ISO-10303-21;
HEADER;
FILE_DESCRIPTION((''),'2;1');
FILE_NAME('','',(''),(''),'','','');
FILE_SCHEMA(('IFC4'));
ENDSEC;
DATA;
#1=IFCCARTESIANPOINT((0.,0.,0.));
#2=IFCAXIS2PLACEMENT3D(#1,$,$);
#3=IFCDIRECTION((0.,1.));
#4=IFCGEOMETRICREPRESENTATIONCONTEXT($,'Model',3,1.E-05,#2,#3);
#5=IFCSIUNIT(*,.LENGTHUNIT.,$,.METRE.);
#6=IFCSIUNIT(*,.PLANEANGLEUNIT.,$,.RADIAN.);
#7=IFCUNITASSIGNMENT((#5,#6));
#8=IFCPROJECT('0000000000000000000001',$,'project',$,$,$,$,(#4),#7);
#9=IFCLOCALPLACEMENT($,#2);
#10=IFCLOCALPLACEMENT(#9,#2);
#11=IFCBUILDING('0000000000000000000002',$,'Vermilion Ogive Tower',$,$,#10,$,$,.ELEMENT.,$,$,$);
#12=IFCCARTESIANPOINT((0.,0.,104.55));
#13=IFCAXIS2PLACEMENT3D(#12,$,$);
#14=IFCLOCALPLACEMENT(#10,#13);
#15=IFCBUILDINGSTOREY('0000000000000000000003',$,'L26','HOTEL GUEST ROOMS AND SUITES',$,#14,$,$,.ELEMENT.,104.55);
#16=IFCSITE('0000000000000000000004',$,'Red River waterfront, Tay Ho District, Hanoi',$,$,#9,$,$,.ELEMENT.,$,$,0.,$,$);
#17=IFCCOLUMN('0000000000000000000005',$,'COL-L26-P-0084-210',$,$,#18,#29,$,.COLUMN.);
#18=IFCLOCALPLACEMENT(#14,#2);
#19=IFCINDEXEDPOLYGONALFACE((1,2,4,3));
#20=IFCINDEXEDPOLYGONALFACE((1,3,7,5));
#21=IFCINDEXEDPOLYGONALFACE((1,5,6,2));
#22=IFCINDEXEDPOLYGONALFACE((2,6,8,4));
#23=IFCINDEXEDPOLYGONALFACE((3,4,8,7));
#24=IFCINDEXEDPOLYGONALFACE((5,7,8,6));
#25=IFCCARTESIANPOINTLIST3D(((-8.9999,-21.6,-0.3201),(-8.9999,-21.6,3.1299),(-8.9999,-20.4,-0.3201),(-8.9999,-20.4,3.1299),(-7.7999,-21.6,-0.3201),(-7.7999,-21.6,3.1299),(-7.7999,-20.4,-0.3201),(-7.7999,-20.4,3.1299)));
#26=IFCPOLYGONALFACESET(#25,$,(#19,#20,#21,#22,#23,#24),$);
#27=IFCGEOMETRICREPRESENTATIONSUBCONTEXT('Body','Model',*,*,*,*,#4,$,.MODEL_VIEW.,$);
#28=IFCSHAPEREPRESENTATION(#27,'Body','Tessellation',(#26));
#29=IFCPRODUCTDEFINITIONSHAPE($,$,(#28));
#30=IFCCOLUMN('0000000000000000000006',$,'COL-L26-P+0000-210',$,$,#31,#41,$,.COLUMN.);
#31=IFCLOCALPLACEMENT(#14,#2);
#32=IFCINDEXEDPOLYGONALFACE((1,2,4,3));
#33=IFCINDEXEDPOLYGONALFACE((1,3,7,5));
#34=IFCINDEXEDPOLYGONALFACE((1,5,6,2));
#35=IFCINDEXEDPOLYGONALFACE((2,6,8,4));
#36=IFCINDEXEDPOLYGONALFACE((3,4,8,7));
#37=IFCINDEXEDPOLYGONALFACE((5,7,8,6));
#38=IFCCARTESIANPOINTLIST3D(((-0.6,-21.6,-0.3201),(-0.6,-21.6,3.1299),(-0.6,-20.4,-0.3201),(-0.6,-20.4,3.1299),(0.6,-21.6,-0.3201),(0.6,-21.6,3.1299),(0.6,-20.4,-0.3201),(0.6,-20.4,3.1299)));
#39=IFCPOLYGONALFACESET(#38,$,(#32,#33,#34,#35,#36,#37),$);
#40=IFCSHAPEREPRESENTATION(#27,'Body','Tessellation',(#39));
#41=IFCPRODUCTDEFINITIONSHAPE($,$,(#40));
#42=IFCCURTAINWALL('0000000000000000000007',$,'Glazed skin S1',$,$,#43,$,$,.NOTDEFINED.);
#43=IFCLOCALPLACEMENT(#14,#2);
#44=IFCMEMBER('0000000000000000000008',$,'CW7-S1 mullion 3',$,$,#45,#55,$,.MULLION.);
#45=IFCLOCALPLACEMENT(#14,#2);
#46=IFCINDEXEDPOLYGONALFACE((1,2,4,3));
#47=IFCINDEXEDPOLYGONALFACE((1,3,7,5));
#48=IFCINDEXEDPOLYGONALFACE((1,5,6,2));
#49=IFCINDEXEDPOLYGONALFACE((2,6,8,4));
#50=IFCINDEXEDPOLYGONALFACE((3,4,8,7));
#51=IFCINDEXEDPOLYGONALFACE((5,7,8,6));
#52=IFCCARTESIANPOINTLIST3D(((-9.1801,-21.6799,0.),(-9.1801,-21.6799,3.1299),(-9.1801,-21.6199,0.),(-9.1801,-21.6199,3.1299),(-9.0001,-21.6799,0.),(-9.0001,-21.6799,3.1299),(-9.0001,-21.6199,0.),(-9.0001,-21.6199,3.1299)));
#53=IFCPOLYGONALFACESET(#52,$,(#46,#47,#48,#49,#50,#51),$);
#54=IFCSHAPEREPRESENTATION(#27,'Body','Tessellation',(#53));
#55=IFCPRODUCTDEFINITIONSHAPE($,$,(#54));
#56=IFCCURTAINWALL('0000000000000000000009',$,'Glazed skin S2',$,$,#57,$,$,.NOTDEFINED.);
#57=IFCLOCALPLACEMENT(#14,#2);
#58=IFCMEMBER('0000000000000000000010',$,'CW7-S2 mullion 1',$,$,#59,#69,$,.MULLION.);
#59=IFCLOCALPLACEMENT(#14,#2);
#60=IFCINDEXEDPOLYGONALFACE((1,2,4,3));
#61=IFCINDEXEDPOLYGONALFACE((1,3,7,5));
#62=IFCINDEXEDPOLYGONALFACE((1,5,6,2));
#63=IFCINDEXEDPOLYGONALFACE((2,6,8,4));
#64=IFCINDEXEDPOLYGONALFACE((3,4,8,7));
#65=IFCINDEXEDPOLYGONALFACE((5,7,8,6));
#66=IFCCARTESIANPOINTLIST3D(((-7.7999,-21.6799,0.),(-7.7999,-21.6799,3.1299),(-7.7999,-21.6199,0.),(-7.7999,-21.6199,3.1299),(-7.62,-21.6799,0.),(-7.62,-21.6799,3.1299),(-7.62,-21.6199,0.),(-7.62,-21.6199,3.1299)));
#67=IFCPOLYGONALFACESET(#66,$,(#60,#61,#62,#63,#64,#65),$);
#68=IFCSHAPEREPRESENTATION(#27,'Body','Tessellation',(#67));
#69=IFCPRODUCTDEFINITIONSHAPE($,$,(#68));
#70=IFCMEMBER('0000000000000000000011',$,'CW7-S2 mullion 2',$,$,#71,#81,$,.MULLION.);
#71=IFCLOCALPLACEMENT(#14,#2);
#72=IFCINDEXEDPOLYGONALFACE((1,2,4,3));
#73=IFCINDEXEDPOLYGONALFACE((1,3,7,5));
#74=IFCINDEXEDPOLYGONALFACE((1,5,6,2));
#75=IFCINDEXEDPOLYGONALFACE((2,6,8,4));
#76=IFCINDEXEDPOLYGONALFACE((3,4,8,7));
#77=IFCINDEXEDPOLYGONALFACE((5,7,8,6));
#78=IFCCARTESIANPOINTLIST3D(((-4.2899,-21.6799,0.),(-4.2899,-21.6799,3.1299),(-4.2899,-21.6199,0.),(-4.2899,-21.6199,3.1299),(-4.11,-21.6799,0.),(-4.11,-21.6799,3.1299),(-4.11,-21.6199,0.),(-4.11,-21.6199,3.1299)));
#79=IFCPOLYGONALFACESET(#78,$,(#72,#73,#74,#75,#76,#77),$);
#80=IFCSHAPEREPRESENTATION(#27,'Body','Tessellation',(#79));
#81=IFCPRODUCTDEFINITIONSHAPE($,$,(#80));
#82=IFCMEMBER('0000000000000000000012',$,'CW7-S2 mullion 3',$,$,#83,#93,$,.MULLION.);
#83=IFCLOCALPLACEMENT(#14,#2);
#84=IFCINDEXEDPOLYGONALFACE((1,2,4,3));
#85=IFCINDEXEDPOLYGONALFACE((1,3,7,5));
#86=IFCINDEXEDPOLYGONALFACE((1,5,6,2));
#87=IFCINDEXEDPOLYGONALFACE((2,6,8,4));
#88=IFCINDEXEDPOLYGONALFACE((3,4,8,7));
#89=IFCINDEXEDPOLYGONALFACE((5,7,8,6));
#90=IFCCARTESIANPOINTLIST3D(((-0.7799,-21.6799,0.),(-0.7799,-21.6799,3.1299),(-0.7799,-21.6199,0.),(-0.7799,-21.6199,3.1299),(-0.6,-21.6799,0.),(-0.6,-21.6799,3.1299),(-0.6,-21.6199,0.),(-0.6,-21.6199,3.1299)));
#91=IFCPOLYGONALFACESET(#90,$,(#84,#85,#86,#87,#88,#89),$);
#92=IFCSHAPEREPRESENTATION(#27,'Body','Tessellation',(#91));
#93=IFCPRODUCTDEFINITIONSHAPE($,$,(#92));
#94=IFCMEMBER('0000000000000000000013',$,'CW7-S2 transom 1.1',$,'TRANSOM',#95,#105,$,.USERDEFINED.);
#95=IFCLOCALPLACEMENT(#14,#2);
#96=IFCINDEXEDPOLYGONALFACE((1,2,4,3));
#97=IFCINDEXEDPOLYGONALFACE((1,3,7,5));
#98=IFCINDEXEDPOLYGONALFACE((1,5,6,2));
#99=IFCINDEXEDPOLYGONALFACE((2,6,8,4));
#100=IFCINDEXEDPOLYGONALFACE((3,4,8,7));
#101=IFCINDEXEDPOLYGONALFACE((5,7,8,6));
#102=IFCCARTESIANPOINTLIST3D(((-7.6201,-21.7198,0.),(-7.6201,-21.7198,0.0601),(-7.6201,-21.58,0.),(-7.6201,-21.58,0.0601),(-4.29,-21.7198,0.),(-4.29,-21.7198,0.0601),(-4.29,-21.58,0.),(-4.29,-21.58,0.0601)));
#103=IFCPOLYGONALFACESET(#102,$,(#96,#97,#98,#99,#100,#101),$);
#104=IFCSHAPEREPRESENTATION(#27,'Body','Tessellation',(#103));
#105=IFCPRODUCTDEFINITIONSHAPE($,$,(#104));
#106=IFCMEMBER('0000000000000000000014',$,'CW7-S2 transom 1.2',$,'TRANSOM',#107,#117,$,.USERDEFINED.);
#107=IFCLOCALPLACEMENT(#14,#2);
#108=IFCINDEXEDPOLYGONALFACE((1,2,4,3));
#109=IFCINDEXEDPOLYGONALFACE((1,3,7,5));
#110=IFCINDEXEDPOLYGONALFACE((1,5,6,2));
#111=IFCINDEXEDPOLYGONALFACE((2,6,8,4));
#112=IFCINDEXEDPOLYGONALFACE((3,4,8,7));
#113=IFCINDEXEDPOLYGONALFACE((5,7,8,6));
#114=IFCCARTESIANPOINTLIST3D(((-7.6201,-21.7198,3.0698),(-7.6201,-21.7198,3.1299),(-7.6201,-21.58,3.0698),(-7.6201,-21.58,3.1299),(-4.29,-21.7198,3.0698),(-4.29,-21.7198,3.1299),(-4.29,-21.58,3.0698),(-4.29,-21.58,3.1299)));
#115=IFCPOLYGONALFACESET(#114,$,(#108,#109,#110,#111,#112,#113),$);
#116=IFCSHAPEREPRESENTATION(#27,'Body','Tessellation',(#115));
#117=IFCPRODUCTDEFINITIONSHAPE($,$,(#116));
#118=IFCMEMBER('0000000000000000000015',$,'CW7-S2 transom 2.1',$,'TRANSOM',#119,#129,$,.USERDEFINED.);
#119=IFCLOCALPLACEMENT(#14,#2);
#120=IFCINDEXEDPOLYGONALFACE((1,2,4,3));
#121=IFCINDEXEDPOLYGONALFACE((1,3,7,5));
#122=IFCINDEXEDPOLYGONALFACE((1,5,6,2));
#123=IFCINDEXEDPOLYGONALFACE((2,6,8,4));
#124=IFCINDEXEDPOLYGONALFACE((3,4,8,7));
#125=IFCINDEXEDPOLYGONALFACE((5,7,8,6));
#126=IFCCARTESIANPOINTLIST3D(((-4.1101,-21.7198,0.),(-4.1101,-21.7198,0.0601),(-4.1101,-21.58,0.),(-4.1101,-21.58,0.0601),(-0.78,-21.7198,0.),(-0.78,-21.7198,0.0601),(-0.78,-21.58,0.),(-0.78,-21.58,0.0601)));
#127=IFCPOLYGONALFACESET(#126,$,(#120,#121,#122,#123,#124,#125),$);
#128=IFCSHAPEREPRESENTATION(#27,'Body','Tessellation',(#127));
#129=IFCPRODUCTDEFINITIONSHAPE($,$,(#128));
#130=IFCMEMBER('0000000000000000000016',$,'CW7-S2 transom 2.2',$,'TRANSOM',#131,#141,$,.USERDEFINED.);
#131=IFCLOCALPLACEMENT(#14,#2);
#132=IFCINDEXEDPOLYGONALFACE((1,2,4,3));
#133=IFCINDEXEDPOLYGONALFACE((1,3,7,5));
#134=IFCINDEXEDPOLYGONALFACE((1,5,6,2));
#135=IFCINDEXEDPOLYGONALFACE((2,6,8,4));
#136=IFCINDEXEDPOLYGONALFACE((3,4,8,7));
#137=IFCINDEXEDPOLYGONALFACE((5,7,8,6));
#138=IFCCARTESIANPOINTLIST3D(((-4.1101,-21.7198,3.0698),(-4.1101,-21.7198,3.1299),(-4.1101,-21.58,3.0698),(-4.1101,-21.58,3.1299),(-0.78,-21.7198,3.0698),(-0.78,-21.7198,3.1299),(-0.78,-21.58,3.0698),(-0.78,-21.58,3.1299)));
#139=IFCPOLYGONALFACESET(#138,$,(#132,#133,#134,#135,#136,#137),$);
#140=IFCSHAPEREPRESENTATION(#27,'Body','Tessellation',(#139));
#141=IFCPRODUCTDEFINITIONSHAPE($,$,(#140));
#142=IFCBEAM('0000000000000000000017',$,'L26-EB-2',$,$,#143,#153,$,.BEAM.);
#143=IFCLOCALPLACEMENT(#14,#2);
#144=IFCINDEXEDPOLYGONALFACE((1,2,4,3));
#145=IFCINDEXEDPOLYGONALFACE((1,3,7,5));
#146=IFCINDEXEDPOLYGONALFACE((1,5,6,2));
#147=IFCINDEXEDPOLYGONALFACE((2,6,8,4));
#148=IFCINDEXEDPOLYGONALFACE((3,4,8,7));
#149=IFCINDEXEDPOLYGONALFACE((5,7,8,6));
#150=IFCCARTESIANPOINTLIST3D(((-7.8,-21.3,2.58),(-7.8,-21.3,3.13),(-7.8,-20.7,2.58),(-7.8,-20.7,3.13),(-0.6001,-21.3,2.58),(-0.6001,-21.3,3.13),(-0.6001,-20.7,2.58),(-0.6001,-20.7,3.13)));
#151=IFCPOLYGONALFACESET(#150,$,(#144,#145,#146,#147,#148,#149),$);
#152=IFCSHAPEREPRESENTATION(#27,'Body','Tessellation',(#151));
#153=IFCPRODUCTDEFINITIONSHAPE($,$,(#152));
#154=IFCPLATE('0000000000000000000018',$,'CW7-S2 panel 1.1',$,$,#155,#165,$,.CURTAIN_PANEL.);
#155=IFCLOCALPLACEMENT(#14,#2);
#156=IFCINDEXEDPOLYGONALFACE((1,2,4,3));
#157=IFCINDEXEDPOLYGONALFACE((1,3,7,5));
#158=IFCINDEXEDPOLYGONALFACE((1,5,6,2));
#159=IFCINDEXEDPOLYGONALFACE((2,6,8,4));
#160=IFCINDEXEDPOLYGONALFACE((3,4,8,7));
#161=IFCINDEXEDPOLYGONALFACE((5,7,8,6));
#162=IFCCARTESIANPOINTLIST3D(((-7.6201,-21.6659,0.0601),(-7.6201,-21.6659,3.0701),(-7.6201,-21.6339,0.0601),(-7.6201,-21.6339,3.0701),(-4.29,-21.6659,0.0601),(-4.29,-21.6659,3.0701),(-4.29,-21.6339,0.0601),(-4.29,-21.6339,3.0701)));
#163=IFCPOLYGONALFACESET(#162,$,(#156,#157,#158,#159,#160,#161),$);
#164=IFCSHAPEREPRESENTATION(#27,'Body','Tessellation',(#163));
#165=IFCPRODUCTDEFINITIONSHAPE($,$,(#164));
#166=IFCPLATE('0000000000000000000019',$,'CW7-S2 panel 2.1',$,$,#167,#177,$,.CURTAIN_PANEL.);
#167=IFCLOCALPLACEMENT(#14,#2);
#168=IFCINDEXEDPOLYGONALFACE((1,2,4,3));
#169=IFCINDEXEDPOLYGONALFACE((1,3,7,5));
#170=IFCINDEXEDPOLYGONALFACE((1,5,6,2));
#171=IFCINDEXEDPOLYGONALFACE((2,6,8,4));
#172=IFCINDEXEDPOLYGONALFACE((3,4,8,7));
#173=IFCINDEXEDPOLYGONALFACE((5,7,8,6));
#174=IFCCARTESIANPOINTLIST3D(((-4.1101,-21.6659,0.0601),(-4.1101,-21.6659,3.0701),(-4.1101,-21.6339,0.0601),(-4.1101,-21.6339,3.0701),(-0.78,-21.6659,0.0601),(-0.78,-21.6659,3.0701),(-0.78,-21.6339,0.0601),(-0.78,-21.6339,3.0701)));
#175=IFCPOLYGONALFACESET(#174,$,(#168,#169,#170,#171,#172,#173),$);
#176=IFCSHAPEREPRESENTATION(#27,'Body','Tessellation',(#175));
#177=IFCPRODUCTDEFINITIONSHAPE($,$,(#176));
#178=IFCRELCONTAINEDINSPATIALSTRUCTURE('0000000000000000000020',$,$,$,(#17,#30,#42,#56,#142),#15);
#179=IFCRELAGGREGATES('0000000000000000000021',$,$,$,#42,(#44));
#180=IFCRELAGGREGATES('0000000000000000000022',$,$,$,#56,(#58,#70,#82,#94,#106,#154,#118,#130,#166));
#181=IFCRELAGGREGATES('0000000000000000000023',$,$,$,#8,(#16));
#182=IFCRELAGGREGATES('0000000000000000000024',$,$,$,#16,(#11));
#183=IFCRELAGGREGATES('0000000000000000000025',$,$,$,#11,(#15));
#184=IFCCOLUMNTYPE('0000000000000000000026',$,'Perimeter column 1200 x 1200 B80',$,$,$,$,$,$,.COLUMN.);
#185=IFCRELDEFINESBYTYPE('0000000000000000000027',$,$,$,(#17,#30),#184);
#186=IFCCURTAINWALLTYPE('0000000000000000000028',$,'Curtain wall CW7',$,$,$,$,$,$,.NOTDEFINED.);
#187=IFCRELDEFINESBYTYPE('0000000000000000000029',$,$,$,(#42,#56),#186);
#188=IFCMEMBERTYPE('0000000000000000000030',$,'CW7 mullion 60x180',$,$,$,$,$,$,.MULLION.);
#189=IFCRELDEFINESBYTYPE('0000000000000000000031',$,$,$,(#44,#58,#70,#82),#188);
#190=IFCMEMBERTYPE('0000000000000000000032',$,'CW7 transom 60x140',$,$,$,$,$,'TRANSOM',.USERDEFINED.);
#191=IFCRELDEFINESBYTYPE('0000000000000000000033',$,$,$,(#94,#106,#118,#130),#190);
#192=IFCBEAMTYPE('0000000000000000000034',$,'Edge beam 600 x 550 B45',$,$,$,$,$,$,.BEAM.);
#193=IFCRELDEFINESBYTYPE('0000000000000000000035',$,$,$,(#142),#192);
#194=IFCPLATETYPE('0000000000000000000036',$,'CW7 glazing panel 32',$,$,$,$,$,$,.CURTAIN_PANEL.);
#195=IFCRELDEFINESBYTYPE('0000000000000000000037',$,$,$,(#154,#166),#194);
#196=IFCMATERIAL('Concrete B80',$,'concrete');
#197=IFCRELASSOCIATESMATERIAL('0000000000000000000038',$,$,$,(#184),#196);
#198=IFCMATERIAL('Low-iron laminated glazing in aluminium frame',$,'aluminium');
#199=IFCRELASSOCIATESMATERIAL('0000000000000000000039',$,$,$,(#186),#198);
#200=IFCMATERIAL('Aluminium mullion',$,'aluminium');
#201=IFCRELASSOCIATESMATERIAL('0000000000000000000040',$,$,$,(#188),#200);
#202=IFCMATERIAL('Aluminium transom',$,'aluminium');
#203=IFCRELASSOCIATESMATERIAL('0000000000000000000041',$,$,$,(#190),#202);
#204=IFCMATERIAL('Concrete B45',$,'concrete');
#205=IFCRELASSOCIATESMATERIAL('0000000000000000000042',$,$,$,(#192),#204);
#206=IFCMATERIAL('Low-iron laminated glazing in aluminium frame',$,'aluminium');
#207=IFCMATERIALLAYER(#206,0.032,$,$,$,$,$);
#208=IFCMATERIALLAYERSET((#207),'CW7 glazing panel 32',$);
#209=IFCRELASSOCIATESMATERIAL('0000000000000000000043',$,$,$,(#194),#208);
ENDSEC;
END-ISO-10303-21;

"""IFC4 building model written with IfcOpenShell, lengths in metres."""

from ifc_helpers import new_model, si_unit, direction, frame, origin, origin_2d, place, context, subcontext, project, spatial, rectangle, extrude, material, layer, layer_set, material_profile, profile_set, type_object, element, aggregate, save


model = new_model("IFC4")

# Units and contexts
model_context = context("Model", 3, precision=1e-05, world=origin(), true_north=direction((0.0, 1.0)))
body_context = subcontext(model_context, "Body", "Model", "MODEL_VIEW")
ifc_project = project(units=[si_unit("LENGTHUNIT", "METRE"), si_unit("PLANEANGLEUNIT", "RADIAN")], contexts=[model_context])

# Site, building, storey
site_placement = place(None, origin())
site = spatial("IfcSite", under=ifc_project, at=site_placement, Name="Red River waterfront, Tay Ho District, Hanoi", CompositionType="ELEMENT", RefElevation=0.0)
building_placement = place(site_placement, origin())
building = spatial("IfcBuilding", under=site, at=building_placement, Name="Vermilion Ogive Tower", CompositionType="ELEMENT")
storey_placement = place(building_placement, frame((0.0, 0.0, 104.55)))
storey = spatial("IfcBuildingStorey", under=building, at=storey_placement, Name="L26", Description="HOTEL GUEST ROOMS AND SUITES", CompositionType="ELEMENT", Elevation=104.55)

# Columns
ifc_material_1 = material(Name="Concrete B80", Category="concrete")
ifc_material_profile_1 = material_profile(ifc_material_1, rectangle(XDim=1.2, YDim=1.2, at=origin_2d()), Name="1200 x 1200")
ifc_profile_set_1 = profile_set([ifc_material_profile_1], Name="Concrete B80")
column_type = type_object("IfcColumnType", Name="Perimeter column 1200 x 1200 B80", PredefinedType="COLUMN", material=ifc_profile_set_1)
for number, where, z_axis, x_axis, name in (
    (1, (-8.3999, -21.0, -0.3201), (0.0, 0.0, 1.0), (1.0, 0.0, 0.0), "COL-L26-P-0084-210"),
    (2, (0.0, -21.0, -0.3201), (0.0, 0.0, 1.0), (1.0, 0.0, 0.0), "COL-L26-P+0000-210"),
):
    element("IfcColumn", number, at=place(storey_placement, frame(where, z_axis=z_axis, x_axis=x_axis)), inside=storey, type_object=column_type, Name=name, PredefinedType="COLUMN", context=body_context, shape_type="SweptSolid", body=[
        extrude(rectangle(XDim=1.2, YDim=1.2, at=origin_2d()), origin(), (0.0, 0.0, 1.0), 3.45),
    ])

# Curtain wall, member
ifc_material_2 = material(Name="Low-iron laminated glazing in aluminium frame", Category="aluminium")
curtain_wall_type = type_object("IfcCurtainWallType", Name="Curtain wall CW7", PredefinedType="NOTDEFINED", material=ifc_material_2)
curtain_wall_1_placement = place(storey_placement, origin())
curtain_wall_1 = element("IfcCurtainWall", 3, at=curtain_wall_1_placement, inside=storey, type_object=curtain_wall_type, Name="Glazed skin S1", PredefinedType="NOTDEFINED")
ifc_material_3 = material(Name="Aluminium mullion", Category="aluminium")
ifc_material_profile_2 = material_profile(ifc_material_3, rectangle(XDim=0.0601, YDim=0.1799, at=origin_2d()), Name="AL 60x180")
ifc_profile_set_2 = profile_set([ifc_material_profile_2], Name="Aluminium mullion")
member_type_1 = type_object("IfcMemberType", Name="CW7 mullion 60x180", PredefinedType="MULLION", material=ifc_profile_set_2)
member_1_placement = place(storey_placement, frame((-9.0901, -21.6499, 0.0), z_axis=(0.0, 0.0, 1.0), x_axis=(0.0, 1.0, 0.0)))
member_1 = element("IfcMember", 4, at=member_1_placement, type_object=member_type_1, Name="CW7-S1 mullion 3", PredefinedType="MULLION", context=body_context, shape_type="SweptSolid", body=[
    extrude(rectangle(XDim=0.0601, YDim=0.1799, at=origin_2d()), origin(), (0.0, 0.0, 1.0), 3.1299),
])
aggregate(curtain_wall_1, [member_1])

# Curtain wall, members
curtain_wall_2_placement = place(storey_placement, origin())
curtain_wall_2 = element("IfcCurtainWall", 5, at=curtain_wall_2_placement, inside=storey, type_object=curtain_wall_type, Name="Glazed skin S2", PredefinedType="NOTDEFINED")
member_2_placement = place(storey_placement, frame((-7.71, -21.6499, 0.0), z_axis=(0.0, 0.0, 1.0), x_axis=(0.0, 1.0, 0.0)))
member_2 = element("IfcMember", 6, at=member_2_placement, type_object=member_type_1, Name="CW7-S2 mullion 1", PredefinedType="MULLION", context=body_context, shape_type="SweptSolid", body=[
    extrude(rectangle(XDim=0.0601, YDim=0.1799, at=origin_2d()), origin(), (0.0, 0.0, 1.0), 3.1299),
])
member_3_placement = place(storey_placement, frame((-4.2, -21.6499, 0.0), z_axis=(0.0, 0.0, 1.0), x_axis=(0.0, 1.0, 0.0)))
member_3 = element("IfcMember", 7, at=member_3_placement, type_object=member_type_1, Name="CW7-S2 mullion 2", PredefinedType="MULLION", context=body_context, shape_type="SweptSolid", body=[
    extrude(rectangle(XDim=0.0601, YDim=0.1799, at=origin_2d()), origin(), (0.0, 0.0, 1.0), 3.1299),
])
member_4_placement = place(storey_placement, frame((-0.6899, -21.6499, 0.0), z_axis=(0.0, 0.0, 1.0), x_axis=(0.0, 1.0, 0.0)))
member_4 = element("IfcMember", 8, at=member_4_placement, type_object=member_type_1, Name="CW7-S2 mullion 3", PredefinedType="MULLION", context=body_context, shape_type="SweptSolid", body=[
    extrude(rectangle(XDim=0.0601, YDim=0.1799, at=origin_2d()), origin(), (0.0, 0.0, 1.0), 3.1299),
])
ifc_material_4 = material(Name="Aluminium transom", Category="aluminium")
ifc_material_profile_3 = material_profile(ifc_material_4, rectangle(XDim=0.1399, YDim=0.0601, at=origin_2d()), Name="AL 60x140")
ifc_profile_set_3 = profile_set([ifc_material_profile_3], Name="Aluminium transom")
member_type_2 = type_object("IfcMemberType", Name="CW7 transom 60x140", ElementType="TRANSOM", PredefinedType="USERDEFINED", material=ifc_profile_set_3)
member_5_placement = place(storey_placement, frame((-7.6201, -21.6499, 0.03), z_axis=(1.0, 0.0, 0.0), x_axis=(0.0, 1.0, 0.0)))
member_5 = element("IfcMember", 9, at=member_5_placement, type_object=member_type_2, Name="CW7-S2 transom 1.1", ObjectType="TRANSOM", PredefinedType="USERDEFINED", context=body_context, shape_type="SweptSolid", body=[
    extrude(rectangle(XDim=0.1399, YDim=0.0601, at=origin_2d()), origin(), (0.0, 0.0, 1.0), 3.3301),
])
member_6_placement = place(storey_placement, frame((-7.6201, -21.6499, 3.0999), z_axis=(1.0, 0.0, 0.0), x_axis=(0.0, 1.0, 0.0)))
member_6 = element("IfcMember", 10, at=member_6_placement, type_object=member_type_2, Name="CW7-S2 transom 1.2", ObjectType="TRANSOM", PredefinedType="USERDEFINED", context=body_context, shape_type="SweptSolid", body=[
    extrude(rectangle(XDim=0.1399, YDim=0.0601, at=origin_2d()), origin(), (0.0, 0.0, 1.0), 3.3301),
])
member_7_placement = place(storey_placement, frame((-4.1101, -21.6499, 0.03), z_axis=(1.0, 0.0, 0.0), x_axis=(0.0, 1.0, 0.0)))
member_7 = element("IfcMember", 11, at=member_7_placement, type_object=member_type_2, Name="CW7-S2 transom 2.1", ObjectType="TRANSOM", PredefinedType="USERDEFINED", context=body_context, shape_type="SweptSolid", body=[
    extrude(rectangle(XDim=0.1399, YDim=0.0601, at=origin_2d()), origin(), (0.0, 0.0, 1.0), 3.3301),
])
member_8_placement = place(storey_placement, frame((-4.1101, -21.6499, 3.0999), z_axis=(1.0, 0.0, 0.0), x_axis=(0.0, 1.0, 0.0)))
member_8 = element("IfcMember", 12, at=member_8_placement, type_object=member_type_2, Name="CW7-S2 transom 2.2", ObjectType="TRANSOM", PredefinedType="USERDEFINED", context=body_context, shape_type="SweptSolid", body=[
    extrude(rectangle(XDim=0.1399, YDim=0.0601, at=origin_2d()), origin(), (0.0, 0.0, 1.0), 3.3301),
])

# Beam
ifc_material_5 = material(Name="Concrete B45", Category="concrete")
ifc_material_profile_4 = material_profile(ifc_material_5, rectangle(XDim=0.6001, YDim=0.55, at=origin_2d()), Name="600 x 550")
ifc_profile_set_4 = profile_set([ifc_material_profile_4], Name="Concrete B45")
beam_type = type_object("IfcBeamType", Name="Edge beam 600 x 550 B45", PredefinedType="BEAM", material=ifc_profile_set_4)
beam_placement = place(storey_placement, frame((-7.8, -21.0, 2.855), z_axis=(1.0, 0.0, 0.0), x_axis=(0.0, 1.0, 0.0)))
element("IfcBeam", 13, at=beam_placement, inside=storey, type_object=beam_type, Name="L26-EB-2", PredefinedType="BEAM", context=body_context, shape_type="SweptSolid", body=[
    extrude(rectangle(XDim=0.6001, YDim=0.55, at=origin_2d()), origin(), (0.0, 0.0, 1.0), 7.2),
])

# Plates
ifc_material_6 = material(Name="Low-iron laminated glazing in aluminium frame", Category="aluminium")
ifc_layer_1 = layer(ifc_material_6, 0.032)
ifc_layer_set_1 = layer_set([ifc_layer_1], Name="CW7 glazing panel 32")
plate_type = type_object("IfcPlateType", Name="CW7 glazing panel 32", PredefinedType="CURTAIN_PANEL", material=ifc_layer_set_1)
plate_1_placement = place(storey_placement, frame((-5.9551, -21.6499, 0.0601), z_axis=(0.0, 0.0, 1.0), x_axis=(1.0, 0.0, 0.0)))
plate_1 = element("IfcPlate", 14, at=plate_1_placement, type_object=plate_type, Name="CW7-S2 panel 1.1", PredefinedType="CURTAIN_PANEL", context=body_context, shape_type="SweptSolid", body=[
    extrude(rectangle(XDim=3.3301, YDim=0.032, at=origin_2d()), origin(), (0.0, 0.0, 1.0), 3.01),
])
plate_2_placement = place(storey_placement, frame((-2.4451, -21.6499, 0.0601), z_axis=(0.0, 0.0, 1.0), x_axis=(1.0, 0.0, 0.0)))
plate_2 = element("IfcPlate", 15, at=plate_2_placement, type_object=plate_type, Name="CW7-S2 panel 2.1", PredefinedType="CURTAIN_PANEL", context=body_context, shape_type="SweptSolid", body=[
    extrude(rectangle(XDim=3.3301, YDim=0.032, at=origin_2d()), origin(), (0.0, 0.0, 1.0), 3.01),
])
aggregate(curtain_wall_2, [member_2, member_3, member_4, member_5, member_6, plate_1, member_7, member_8, plate_2])

save(model, "model.ifc")
